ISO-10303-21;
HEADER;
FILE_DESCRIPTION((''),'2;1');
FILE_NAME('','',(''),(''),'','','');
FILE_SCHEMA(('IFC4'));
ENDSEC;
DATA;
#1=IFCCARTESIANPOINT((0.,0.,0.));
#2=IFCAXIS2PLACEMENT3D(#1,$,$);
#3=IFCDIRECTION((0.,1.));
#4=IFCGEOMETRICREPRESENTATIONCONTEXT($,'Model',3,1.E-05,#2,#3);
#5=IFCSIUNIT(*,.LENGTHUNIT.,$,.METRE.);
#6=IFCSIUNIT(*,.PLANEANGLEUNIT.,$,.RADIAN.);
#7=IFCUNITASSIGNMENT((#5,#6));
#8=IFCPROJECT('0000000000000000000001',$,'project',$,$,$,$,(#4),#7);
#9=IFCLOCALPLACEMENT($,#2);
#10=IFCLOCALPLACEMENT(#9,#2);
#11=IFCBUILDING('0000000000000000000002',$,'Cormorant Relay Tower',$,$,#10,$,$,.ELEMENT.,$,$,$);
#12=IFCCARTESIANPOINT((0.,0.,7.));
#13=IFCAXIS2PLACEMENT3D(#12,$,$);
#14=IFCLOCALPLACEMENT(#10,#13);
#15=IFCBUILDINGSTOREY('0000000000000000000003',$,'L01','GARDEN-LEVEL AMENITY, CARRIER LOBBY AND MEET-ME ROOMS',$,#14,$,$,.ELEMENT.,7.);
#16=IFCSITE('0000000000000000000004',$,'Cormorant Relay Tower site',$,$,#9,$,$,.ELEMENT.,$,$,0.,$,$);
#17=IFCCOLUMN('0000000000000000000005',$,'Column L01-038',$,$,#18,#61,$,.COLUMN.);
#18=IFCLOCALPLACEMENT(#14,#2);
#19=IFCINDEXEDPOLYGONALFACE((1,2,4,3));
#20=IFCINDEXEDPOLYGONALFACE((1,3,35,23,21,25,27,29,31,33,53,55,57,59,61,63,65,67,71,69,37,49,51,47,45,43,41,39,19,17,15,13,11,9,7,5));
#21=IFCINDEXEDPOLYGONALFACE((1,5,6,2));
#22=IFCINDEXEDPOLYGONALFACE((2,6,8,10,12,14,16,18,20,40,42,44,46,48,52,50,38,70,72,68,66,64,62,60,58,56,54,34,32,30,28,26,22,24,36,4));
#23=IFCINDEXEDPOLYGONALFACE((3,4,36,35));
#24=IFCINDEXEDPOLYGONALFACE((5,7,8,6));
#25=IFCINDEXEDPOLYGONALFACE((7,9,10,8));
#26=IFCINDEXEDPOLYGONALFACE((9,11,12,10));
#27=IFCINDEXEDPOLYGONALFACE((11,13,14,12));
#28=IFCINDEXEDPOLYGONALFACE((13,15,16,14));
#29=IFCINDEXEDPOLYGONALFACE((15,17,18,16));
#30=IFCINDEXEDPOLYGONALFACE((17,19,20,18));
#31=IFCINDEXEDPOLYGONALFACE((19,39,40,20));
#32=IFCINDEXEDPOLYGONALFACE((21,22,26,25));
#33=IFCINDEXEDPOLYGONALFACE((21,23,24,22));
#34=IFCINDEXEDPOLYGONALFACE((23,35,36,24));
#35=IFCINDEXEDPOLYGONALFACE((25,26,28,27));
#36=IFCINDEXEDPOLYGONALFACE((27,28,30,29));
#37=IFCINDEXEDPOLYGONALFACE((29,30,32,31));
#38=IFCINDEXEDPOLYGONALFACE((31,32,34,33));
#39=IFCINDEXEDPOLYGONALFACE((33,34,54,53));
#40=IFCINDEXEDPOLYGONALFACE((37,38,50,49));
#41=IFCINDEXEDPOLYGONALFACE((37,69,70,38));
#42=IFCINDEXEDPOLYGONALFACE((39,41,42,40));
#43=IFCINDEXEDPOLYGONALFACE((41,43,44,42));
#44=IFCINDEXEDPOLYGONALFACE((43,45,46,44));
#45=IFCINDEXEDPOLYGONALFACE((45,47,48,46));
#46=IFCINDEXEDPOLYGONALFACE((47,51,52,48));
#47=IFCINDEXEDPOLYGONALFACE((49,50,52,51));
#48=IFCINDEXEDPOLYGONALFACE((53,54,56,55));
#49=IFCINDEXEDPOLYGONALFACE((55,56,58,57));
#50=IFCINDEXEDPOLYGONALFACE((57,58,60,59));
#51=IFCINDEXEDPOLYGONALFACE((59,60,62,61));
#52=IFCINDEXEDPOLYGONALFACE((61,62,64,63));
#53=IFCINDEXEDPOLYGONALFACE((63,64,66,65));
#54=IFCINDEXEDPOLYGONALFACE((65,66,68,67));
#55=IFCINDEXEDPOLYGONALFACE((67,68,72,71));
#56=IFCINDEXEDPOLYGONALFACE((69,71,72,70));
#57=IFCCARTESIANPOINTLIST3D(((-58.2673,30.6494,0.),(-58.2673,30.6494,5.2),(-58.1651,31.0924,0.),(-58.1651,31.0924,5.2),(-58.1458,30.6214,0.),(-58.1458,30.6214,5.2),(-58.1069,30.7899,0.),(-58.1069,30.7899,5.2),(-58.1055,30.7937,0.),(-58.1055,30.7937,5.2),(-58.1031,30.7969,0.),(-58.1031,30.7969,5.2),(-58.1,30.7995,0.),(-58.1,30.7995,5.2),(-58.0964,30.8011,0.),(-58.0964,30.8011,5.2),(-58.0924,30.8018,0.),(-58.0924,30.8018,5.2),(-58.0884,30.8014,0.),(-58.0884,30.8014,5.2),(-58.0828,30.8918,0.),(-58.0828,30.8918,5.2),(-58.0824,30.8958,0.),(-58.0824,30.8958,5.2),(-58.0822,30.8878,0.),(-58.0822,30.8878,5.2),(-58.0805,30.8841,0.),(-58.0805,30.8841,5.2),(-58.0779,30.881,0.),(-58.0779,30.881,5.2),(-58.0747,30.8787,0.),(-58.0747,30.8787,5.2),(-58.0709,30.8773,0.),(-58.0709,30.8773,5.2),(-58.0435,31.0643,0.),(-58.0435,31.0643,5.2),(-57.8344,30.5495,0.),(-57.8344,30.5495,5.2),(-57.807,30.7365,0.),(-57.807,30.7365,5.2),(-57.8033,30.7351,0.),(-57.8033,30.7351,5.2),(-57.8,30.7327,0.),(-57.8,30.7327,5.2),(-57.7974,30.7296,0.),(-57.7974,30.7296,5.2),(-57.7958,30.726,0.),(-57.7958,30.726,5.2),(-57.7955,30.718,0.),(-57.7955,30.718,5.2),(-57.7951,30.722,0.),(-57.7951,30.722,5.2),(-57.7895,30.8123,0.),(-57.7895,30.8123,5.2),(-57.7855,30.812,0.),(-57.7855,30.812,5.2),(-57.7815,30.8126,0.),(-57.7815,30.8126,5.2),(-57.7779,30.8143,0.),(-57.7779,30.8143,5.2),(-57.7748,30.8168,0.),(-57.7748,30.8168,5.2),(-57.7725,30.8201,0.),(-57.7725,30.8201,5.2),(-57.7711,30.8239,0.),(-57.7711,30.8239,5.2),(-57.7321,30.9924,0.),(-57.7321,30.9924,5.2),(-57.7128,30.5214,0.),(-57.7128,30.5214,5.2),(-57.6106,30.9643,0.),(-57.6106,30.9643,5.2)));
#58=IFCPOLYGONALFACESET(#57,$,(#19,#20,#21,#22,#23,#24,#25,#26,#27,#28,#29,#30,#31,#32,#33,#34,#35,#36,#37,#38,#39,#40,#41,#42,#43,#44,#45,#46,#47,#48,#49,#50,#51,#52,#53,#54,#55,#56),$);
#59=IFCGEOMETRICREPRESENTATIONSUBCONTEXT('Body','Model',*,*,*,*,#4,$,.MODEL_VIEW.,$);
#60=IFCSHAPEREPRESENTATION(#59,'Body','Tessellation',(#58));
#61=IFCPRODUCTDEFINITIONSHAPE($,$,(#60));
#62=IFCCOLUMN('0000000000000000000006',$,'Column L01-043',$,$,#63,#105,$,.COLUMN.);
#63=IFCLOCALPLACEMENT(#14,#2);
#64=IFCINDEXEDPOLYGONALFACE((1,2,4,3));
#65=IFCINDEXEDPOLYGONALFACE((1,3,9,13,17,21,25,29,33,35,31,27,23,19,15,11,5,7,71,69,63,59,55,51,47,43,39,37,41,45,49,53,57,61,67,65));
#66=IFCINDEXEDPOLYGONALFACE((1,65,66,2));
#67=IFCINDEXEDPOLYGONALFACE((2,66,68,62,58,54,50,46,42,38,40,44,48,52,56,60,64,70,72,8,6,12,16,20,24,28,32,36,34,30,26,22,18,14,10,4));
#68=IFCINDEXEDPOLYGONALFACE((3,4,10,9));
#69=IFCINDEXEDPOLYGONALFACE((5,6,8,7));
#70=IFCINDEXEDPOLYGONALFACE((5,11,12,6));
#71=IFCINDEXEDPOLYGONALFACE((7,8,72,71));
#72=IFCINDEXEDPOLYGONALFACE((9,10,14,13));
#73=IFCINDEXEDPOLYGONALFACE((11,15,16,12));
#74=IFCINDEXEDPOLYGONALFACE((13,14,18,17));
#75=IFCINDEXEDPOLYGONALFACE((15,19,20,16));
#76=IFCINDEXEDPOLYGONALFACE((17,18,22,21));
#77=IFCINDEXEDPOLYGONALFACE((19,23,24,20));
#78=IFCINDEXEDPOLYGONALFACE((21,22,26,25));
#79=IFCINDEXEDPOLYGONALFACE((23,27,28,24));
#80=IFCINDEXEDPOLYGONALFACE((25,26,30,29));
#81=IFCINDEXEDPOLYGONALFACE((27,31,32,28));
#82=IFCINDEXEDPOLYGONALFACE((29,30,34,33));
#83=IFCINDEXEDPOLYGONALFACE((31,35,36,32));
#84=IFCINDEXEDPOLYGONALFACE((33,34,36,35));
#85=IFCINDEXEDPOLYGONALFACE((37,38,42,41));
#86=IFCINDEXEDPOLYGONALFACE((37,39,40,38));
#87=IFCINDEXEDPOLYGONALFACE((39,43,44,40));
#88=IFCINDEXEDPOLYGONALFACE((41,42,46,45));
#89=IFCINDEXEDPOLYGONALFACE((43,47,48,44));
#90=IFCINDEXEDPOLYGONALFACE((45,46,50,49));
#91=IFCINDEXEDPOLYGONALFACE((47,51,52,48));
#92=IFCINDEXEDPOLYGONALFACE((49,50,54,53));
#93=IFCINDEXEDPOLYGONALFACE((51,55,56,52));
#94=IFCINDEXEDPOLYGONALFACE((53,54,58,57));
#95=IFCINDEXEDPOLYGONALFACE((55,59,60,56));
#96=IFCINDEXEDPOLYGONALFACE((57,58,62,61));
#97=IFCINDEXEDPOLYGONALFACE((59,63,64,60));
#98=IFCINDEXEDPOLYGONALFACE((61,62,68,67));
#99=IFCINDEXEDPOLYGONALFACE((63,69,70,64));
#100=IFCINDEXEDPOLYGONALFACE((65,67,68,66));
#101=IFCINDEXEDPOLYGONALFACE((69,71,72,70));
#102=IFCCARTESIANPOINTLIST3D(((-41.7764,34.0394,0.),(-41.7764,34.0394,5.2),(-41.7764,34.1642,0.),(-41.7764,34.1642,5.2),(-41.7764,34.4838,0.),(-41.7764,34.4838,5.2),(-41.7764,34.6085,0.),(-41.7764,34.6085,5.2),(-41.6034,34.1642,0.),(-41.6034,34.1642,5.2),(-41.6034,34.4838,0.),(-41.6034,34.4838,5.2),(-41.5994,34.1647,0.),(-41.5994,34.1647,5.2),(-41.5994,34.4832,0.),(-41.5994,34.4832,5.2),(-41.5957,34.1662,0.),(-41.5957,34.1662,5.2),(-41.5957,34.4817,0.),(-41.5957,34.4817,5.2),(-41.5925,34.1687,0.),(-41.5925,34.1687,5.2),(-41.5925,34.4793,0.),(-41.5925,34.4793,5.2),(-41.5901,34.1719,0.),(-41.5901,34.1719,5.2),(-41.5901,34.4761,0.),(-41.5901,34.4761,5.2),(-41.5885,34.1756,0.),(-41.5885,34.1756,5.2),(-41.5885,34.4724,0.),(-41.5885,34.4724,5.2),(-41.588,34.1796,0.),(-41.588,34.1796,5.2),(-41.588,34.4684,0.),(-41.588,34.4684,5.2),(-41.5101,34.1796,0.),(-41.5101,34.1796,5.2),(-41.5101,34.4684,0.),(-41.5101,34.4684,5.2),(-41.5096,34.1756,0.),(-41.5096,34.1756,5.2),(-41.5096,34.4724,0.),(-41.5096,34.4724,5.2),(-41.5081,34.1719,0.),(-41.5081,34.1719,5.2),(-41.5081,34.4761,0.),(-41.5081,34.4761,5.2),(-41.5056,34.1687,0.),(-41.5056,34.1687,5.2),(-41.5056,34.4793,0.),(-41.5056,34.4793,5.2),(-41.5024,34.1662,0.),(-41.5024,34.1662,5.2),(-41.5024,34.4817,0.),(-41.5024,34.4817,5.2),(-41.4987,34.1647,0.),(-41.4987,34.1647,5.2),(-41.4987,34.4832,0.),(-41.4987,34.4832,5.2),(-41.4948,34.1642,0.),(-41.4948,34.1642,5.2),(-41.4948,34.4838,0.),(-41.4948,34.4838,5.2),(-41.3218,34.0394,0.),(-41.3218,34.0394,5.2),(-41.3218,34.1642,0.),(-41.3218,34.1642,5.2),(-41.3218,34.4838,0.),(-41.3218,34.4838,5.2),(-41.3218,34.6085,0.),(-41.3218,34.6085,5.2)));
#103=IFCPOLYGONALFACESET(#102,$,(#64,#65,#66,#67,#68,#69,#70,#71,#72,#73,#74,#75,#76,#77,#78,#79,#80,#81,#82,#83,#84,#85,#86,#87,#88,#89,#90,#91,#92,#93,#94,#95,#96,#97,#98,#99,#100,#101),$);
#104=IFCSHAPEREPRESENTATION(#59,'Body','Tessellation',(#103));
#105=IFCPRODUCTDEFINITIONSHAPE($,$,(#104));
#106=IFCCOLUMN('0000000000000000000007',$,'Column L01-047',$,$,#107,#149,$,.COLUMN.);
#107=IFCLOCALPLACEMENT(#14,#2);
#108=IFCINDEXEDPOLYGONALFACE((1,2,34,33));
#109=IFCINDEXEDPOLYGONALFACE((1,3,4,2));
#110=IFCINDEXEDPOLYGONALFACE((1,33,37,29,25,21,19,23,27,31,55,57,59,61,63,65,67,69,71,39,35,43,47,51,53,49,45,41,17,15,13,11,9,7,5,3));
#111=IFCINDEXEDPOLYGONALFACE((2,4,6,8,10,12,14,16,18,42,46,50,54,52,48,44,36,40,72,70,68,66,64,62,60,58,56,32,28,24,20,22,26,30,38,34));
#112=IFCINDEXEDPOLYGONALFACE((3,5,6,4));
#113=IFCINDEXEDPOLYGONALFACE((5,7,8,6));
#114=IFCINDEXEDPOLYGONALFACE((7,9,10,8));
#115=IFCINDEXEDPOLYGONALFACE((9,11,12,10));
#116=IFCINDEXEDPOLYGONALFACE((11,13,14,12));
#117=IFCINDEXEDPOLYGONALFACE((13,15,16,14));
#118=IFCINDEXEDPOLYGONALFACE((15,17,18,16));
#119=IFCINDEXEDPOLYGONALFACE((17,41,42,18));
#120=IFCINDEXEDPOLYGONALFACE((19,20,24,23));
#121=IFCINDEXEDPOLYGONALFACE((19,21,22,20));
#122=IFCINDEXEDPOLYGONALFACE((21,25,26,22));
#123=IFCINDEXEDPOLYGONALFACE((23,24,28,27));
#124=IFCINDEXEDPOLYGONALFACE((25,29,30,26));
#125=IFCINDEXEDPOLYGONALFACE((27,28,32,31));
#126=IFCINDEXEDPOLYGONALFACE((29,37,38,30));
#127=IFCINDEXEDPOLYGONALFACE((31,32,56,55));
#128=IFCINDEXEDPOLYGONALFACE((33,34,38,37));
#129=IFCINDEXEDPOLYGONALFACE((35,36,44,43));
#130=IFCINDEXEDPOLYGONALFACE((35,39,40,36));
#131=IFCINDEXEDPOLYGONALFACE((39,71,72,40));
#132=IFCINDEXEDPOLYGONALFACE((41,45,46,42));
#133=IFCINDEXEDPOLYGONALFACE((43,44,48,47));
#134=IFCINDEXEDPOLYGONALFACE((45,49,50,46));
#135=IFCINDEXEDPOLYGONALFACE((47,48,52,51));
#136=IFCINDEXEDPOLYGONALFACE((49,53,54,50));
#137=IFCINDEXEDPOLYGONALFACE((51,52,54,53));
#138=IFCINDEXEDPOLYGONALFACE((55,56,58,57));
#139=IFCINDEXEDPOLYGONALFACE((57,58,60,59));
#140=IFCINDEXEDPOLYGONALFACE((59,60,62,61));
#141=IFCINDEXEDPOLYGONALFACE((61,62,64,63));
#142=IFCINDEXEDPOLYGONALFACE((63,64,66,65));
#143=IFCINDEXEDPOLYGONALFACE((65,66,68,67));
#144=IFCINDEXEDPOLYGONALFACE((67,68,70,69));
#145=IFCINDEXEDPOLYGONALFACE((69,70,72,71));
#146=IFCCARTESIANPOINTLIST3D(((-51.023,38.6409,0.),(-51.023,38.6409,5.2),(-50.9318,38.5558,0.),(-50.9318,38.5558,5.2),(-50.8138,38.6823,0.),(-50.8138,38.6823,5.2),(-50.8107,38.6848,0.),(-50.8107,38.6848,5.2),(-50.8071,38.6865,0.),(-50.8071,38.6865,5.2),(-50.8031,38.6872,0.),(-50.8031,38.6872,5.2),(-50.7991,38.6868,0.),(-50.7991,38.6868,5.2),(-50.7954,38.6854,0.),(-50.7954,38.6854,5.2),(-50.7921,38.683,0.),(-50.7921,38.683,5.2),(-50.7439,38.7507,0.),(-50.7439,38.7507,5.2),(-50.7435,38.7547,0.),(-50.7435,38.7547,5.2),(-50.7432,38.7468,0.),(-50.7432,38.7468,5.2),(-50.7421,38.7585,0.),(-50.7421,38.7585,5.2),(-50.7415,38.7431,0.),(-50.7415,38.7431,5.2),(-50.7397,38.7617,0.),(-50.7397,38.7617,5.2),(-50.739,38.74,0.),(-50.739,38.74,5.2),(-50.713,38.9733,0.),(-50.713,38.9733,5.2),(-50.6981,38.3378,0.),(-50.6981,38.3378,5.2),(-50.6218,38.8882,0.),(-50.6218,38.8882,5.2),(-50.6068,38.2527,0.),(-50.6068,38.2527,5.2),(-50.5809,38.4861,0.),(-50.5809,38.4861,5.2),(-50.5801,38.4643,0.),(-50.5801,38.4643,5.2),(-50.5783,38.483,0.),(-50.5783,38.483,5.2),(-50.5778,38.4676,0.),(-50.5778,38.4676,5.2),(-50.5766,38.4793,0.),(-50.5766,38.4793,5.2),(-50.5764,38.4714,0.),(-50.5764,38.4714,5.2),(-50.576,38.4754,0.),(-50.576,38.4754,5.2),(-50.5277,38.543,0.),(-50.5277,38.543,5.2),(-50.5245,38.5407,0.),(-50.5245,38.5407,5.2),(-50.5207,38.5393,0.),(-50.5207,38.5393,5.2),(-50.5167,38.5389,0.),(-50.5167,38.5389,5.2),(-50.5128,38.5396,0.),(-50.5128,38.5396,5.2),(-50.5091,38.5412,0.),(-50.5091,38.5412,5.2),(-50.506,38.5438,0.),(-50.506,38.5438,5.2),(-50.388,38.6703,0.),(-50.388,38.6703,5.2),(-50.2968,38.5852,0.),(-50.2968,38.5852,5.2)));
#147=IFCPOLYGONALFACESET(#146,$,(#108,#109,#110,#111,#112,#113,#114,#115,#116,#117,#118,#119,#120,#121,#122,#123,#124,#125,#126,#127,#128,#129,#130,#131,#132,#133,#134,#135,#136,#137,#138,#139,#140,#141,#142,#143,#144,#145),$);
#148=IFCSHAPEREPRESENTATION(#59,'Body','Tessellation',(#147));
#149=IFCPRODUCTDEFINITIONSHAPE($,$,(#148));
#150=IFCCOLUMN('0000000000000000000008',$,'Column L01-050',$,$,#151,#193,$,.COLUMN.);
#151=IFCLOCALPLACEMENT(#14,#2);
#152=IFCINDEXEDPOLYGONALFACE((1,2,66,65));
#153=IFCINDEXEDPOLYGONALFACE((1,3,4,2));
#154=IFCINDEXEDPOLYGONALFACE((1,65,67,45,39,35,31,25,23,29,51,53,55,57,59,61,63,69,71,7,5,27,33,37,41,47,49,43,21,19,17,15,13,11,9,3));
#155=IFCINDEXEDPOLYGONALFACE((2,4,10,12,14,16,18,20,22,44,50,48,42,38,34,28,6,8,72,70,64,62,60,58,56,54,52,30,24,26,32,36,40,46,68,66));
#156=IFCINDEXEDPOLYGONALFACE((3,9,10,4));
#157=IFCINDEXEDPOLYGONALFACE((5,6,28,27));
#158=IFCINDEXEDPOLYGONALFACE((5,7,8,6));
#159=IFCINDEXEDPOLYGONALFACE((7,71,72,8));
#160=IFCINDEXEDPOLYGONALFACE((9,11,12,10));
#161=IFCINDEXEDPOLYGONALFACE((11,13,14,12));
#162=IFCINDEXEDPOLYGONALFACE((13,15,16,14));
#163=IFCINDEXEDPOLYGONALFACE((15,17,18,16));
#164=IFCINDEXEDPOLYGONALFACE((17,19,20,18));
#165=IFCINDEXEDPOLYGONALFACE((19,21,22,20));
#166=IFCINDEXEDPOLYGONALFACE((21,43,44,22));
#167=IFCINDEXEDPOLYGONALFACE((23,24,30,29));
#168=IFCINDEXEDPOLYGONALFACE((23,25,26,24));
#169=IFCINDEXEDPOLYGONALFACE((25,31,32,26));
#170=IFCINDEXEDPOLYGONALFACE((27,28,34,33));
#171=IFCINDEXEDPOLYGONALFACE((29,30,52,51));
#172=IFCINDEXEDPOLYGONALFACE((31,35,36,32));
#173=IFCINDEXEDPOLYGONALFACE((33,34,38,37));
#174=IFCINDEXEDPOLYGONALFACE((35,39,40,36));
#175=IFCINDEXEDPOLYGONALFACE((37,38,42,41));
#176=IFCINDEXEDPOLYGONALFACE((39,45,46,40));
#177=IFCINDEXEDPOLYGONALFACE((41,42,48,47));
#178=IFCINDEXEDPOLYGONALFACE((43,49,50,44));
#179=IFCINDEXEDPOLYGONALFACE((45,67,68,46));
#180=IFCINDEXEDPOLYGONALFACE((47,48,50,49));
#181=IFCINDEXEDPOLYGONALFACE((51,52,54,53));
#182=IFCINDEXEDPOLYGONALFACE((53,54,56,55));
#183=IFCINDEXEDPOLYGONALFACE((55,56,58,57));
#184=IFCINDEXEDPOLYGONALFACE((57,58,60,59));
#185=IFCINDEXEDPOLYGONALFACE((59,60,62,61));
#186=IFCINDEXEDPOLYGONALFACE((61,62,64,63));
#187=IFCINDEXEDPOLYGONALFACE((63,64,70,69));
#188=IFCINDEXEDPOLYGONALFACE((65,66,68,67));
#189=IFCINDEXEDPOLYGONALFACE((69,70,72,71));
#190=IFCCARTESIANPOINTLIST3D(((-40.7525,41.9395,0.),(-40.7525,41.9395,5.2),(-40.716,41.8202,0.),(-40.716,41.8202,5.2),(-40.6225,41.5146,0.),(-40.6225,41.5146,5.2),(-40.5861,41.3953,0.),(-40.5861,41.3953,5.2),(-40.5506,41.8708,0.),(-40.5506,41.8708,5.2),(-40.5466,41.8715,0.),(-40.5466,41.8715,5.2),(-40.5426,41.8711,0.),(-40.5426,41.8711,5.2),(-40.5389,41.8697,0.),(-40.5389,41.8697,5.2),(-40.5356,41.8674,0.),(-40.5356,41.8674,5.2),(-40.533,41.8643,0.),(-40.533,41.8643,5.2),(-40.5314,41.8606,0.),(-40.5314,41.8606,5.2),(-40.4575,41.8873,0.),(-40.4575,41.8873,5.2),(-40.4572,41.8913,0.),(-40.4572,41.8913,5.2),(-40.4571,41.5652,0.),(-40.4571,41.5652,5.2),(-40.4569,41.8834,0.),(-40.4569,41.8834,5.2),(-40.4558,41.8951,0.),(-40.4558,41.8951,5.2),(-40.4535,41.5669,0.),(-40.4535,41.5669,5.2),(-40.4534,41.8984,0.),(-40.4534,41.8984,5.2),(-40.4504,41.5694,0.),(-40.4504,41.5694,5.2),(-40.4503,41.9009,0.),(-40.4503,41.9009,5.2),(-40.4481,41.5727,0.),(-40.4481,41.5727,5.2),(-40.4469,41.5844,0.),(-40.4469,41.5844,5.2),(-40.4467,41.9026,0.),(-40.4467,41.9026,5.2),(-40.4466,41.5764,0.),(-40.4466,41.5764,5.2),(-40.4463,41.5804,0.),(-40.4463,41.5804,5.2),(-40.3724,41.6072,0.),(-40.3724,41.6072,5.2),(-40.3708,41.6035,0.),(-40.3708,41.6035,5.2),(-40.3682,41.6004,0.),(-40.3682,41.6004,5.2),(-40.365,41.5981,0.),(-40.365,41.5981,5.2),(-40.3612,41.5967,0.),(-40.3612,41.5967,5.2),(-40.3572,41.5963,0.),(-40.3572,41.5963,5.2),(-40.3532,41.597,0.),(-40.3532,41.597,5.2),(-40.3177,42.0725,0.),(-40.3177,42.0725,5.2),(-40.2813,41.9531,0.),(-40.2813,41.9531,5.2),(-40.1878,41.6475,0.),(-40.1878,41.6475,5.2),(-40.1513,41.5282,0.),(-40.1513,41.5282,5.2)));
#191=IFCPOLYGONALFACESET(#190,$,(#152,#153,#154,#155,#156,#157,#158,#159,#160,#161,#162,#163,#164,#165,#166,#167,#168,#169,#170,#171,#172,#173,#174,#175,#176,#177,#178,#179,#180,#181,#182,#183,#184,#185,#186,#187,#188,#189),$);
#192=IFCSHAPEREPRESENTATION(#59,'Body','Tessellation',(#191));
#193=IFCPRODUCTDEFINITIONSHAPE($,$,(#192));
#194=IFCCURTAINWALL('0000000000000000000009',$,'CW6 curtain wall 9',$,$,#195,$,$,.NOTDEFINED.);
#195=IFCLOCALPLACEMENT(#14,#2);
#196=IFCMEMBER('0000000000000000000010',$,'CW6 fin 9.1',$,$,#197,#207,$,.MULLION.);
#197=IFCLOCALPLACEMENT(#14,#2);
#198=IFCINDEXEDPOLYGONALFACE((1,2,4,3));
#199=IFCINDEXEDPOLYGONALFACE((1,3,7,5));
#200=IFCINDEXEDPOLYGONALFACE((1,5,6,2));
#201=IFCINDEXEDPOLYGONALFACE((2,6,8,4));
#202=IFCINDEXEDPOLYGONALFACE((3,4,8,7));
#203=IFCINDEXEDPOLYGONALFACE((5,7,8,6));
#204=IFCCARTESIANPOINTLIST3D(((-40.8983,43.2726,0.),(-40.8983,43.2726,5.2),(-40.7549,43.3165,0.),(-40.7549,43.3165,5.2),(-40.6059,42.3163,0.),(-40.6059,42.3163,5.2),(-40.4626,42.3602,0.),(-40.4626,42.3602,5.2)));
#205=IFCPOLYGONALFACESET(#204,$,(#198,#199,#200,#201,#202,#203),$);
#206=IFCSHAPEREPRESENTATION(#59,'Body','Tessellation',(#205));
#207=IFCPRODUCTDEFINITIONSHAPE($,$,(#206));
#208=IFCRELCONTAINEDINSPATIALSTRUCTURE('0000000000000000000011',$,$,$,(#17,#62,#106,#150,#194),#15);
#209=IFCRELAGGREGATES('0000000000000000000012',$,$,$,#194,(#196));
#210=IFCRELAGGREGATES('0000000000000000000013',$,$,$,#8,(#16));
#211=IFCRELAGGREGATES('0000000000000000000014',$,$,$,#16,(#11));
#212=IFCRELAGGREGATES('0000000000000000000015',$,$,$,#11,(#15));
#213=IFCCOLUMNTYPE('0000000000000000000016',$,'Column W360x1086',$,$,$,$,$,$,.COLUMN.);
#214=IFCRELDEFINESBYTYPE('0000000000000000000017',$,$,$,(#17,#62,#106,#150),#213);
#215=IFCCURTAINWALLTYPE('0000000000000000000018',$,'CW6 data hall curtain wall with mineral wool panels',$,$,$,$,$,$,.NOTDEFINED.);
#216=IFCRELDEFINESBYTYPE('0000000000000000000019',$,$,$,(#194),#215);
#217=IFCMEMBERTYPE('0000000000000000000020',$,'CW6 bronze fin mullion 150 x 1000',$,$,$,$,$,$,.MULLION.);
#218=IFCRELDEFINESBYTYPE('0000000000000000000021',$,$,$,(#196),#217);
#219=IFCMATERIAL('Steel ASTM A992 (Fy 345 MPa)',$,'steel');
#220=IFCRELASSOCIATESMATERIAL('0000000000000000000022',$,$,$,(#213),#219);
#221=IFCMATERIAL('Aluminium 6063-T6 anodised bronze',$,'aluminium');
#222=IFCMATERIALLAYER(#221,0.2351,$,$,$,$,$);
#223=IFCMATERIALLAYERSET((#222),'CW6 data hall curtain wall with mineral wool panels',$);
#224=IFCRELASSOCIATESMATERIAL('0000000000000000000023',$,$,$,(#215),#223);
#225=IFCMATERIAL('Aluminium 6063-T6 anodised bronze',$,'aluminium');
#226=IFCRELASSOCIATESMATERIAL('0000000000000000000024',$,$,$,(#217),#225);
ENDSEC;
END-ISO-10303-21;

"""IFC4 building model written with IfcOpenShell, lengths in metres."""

from ifc_helpers import new_model, si_unit, direction, frame, origin, origin_2d, place, context, subcontext, project, spatial, rectangle, i_section, extrude, material, layer, layer_set, material_profile, profile_set, type_object, element, aggregate, save


model = new_model("IFC4")

# Units and contexts
model_context = context("Model", 3, precision=1e-05, world=origin(), true_north=direction((0.0, 1.0)))
body_context = subcontext(model_context, "Body", "Model", "MODEL_VIEW")
ifc_project = project(units=[si_unit("LENGTHUNIT", "METRE"), si_unit("PLANEANGLEUNIT", "RADIAN")], contexts=[model_context])

# Site, building, storey
site_placement = place(None, origin())
site = spatial("IfcSite", under=ifc_project, at=site_placement, Name="Cormorant Relay Tower site", CompositionType="ELEMENT", RefElevation=0.0)
building_placement = place(site_placement, origin())
building = spatial("IfcBuilding", under=site, at=building_placement, Name="Cormorant Relay Tower", CompositionType="ELEMENT")
storey_placement = place(building_placement, frame((0.0, 0.0, 7.0)))
storey = spatial("IfcBuildingStorey", under=building, at=storey_placement, Name="L01", Description="GARDEN-LEVEL AMENITY, CARRIER LOBBY AND MEET-ME ROOMS", CompositionType="ELEMENT", Elevation=7.0)

# Columns
ifc_material_1 = material(Name="Steel ASTM A992 (Fy 345 MPa)", Category="steel")
ifc_material_profile_1 = material_profile(ifc_material_1, i_section(OverallWidth=0.4546, OverallDepth=0.5691, WebThickness=0.0779, FlangeThickness=0.1248, FilletRadius=0.0154, at=origin_2d()), Name="W360x1086")
ifc_profile_set_1 = profile_set([ifc_material_profile_1], Name="Steel ASTM A992 (Fy 345 MPa)")
column_type = type_object("IfcColumnType", Name="Column W360x1086", PredefinedType="COLUMN", material=ifc_profile_set_1)
for number, where, z_axis, x_axis, name in (
    (1, (-57.939, 30.8069, 0.0), (0.0, 0.0, 1.0), (-0.224951, -0.97437, 0.0), "Column L01-038"),
    (2, (-41.5491, 34.324, 0.0), (0.0, 0.0, 1.0), (1.0, 0.0, 0.0), "Column L01-043"),
    (3, (-50.6599, 38.613, 0.0), (0.0, 0.0, 1.0), (-0.681998, -0.731354, 0.0), "Column L01-047"),
    (4, (-40.4519, 41.7339, 0.0), (0.0, 0.0, 1.0), (-0.956305, -0.292372, 0.0), "Column L01-050"),
):
    element("IfcColumn", number, at=place(storey_placement, frame(where, z_axis=z_axis, x_axis=x_axis)), inside=storey, type_object=column_type, Name=name, PredefinedType="COLUMN", context=body_context, shape_type="SweptSolid", body=[
        extrude(i_section(OverallWidth=0.4546, OverallDepth=0.5691, WebThickness=0.0779, FlangeThickness=0.1248, FilletRadius=0.0154, at=origin_2d()), origin(), (0.0, 0.0, 1.0), 5.2),
    ])

# Curtain wall, member
ifc_material_2 = material(Name="Aluminium 6063-T6 anodised bronze", Category="aluminium")
ifc_layer_1 = layer(ifc_material_2, 0.2351)
ifc_layer_set_1 = layer_set([ifc_layer_1], Name="CW6 data hall curtain wall with mineral wool panels")
curtain_wall_type = type_object("IfcCurtainWallType", Name="CW6 data hall curtain wall with mineral wool panels", PredefinedType="NOTDEFINED", material=ifc_layer_set_1)
curtain_wall_1_placement = place(storey_placement, origin())
curtain_wall_1 = element("IfcCurtainWall", 5, at=curtain_wall_1_placement, inside=storey, type_object=curtain_wall_type, Name="CW6 curtain wall 9", PredefinedType="NOTDEFINED")
ifc_material_3 = material(Name="Aluminium 6063-T6 anodised bronze", Category="aluminium")
ifc_material_profile_2 = material_profile(ifc_material_3, rectangle(XDim=0.1499, YDim=1.0, at=origin_2d()), Name="AL 150x1000")
ifc_profile_set_2 = profile_set([ifc_material_profile_2], Name="Aluminium 6063-T6 anodised bronze")
member_type_1 = type_object("IfcMemberType", Name="CW6 bronze fin mullion 150 x 1000", PredefinedType="MULLION", material=ifc_profile_set_2)
member_1_placement = place(storey_placement, frame((-40.6804, 42.8164, 0.0), z_axis=(0.0, 0.0, 1.0), x_axis=(-0.956305, -0.292372, 0.0)))
member_1 = element("IfcMember", 6, at=member_1_placement, type_object=member_type_1, Name="CW6 fin 9.1", PredefinedType="MULLION", context=body_context, shape_type="SweptSolid", body=[
    extrude(rectangle(XDim=0.1499, YDim=1.0, at=origin_2d()), origin(), (0.0, 0.0, 1.0), 5.2),
])

aggregate(curtain_wall_1, [member_1])

save(model, "model.ifc")
